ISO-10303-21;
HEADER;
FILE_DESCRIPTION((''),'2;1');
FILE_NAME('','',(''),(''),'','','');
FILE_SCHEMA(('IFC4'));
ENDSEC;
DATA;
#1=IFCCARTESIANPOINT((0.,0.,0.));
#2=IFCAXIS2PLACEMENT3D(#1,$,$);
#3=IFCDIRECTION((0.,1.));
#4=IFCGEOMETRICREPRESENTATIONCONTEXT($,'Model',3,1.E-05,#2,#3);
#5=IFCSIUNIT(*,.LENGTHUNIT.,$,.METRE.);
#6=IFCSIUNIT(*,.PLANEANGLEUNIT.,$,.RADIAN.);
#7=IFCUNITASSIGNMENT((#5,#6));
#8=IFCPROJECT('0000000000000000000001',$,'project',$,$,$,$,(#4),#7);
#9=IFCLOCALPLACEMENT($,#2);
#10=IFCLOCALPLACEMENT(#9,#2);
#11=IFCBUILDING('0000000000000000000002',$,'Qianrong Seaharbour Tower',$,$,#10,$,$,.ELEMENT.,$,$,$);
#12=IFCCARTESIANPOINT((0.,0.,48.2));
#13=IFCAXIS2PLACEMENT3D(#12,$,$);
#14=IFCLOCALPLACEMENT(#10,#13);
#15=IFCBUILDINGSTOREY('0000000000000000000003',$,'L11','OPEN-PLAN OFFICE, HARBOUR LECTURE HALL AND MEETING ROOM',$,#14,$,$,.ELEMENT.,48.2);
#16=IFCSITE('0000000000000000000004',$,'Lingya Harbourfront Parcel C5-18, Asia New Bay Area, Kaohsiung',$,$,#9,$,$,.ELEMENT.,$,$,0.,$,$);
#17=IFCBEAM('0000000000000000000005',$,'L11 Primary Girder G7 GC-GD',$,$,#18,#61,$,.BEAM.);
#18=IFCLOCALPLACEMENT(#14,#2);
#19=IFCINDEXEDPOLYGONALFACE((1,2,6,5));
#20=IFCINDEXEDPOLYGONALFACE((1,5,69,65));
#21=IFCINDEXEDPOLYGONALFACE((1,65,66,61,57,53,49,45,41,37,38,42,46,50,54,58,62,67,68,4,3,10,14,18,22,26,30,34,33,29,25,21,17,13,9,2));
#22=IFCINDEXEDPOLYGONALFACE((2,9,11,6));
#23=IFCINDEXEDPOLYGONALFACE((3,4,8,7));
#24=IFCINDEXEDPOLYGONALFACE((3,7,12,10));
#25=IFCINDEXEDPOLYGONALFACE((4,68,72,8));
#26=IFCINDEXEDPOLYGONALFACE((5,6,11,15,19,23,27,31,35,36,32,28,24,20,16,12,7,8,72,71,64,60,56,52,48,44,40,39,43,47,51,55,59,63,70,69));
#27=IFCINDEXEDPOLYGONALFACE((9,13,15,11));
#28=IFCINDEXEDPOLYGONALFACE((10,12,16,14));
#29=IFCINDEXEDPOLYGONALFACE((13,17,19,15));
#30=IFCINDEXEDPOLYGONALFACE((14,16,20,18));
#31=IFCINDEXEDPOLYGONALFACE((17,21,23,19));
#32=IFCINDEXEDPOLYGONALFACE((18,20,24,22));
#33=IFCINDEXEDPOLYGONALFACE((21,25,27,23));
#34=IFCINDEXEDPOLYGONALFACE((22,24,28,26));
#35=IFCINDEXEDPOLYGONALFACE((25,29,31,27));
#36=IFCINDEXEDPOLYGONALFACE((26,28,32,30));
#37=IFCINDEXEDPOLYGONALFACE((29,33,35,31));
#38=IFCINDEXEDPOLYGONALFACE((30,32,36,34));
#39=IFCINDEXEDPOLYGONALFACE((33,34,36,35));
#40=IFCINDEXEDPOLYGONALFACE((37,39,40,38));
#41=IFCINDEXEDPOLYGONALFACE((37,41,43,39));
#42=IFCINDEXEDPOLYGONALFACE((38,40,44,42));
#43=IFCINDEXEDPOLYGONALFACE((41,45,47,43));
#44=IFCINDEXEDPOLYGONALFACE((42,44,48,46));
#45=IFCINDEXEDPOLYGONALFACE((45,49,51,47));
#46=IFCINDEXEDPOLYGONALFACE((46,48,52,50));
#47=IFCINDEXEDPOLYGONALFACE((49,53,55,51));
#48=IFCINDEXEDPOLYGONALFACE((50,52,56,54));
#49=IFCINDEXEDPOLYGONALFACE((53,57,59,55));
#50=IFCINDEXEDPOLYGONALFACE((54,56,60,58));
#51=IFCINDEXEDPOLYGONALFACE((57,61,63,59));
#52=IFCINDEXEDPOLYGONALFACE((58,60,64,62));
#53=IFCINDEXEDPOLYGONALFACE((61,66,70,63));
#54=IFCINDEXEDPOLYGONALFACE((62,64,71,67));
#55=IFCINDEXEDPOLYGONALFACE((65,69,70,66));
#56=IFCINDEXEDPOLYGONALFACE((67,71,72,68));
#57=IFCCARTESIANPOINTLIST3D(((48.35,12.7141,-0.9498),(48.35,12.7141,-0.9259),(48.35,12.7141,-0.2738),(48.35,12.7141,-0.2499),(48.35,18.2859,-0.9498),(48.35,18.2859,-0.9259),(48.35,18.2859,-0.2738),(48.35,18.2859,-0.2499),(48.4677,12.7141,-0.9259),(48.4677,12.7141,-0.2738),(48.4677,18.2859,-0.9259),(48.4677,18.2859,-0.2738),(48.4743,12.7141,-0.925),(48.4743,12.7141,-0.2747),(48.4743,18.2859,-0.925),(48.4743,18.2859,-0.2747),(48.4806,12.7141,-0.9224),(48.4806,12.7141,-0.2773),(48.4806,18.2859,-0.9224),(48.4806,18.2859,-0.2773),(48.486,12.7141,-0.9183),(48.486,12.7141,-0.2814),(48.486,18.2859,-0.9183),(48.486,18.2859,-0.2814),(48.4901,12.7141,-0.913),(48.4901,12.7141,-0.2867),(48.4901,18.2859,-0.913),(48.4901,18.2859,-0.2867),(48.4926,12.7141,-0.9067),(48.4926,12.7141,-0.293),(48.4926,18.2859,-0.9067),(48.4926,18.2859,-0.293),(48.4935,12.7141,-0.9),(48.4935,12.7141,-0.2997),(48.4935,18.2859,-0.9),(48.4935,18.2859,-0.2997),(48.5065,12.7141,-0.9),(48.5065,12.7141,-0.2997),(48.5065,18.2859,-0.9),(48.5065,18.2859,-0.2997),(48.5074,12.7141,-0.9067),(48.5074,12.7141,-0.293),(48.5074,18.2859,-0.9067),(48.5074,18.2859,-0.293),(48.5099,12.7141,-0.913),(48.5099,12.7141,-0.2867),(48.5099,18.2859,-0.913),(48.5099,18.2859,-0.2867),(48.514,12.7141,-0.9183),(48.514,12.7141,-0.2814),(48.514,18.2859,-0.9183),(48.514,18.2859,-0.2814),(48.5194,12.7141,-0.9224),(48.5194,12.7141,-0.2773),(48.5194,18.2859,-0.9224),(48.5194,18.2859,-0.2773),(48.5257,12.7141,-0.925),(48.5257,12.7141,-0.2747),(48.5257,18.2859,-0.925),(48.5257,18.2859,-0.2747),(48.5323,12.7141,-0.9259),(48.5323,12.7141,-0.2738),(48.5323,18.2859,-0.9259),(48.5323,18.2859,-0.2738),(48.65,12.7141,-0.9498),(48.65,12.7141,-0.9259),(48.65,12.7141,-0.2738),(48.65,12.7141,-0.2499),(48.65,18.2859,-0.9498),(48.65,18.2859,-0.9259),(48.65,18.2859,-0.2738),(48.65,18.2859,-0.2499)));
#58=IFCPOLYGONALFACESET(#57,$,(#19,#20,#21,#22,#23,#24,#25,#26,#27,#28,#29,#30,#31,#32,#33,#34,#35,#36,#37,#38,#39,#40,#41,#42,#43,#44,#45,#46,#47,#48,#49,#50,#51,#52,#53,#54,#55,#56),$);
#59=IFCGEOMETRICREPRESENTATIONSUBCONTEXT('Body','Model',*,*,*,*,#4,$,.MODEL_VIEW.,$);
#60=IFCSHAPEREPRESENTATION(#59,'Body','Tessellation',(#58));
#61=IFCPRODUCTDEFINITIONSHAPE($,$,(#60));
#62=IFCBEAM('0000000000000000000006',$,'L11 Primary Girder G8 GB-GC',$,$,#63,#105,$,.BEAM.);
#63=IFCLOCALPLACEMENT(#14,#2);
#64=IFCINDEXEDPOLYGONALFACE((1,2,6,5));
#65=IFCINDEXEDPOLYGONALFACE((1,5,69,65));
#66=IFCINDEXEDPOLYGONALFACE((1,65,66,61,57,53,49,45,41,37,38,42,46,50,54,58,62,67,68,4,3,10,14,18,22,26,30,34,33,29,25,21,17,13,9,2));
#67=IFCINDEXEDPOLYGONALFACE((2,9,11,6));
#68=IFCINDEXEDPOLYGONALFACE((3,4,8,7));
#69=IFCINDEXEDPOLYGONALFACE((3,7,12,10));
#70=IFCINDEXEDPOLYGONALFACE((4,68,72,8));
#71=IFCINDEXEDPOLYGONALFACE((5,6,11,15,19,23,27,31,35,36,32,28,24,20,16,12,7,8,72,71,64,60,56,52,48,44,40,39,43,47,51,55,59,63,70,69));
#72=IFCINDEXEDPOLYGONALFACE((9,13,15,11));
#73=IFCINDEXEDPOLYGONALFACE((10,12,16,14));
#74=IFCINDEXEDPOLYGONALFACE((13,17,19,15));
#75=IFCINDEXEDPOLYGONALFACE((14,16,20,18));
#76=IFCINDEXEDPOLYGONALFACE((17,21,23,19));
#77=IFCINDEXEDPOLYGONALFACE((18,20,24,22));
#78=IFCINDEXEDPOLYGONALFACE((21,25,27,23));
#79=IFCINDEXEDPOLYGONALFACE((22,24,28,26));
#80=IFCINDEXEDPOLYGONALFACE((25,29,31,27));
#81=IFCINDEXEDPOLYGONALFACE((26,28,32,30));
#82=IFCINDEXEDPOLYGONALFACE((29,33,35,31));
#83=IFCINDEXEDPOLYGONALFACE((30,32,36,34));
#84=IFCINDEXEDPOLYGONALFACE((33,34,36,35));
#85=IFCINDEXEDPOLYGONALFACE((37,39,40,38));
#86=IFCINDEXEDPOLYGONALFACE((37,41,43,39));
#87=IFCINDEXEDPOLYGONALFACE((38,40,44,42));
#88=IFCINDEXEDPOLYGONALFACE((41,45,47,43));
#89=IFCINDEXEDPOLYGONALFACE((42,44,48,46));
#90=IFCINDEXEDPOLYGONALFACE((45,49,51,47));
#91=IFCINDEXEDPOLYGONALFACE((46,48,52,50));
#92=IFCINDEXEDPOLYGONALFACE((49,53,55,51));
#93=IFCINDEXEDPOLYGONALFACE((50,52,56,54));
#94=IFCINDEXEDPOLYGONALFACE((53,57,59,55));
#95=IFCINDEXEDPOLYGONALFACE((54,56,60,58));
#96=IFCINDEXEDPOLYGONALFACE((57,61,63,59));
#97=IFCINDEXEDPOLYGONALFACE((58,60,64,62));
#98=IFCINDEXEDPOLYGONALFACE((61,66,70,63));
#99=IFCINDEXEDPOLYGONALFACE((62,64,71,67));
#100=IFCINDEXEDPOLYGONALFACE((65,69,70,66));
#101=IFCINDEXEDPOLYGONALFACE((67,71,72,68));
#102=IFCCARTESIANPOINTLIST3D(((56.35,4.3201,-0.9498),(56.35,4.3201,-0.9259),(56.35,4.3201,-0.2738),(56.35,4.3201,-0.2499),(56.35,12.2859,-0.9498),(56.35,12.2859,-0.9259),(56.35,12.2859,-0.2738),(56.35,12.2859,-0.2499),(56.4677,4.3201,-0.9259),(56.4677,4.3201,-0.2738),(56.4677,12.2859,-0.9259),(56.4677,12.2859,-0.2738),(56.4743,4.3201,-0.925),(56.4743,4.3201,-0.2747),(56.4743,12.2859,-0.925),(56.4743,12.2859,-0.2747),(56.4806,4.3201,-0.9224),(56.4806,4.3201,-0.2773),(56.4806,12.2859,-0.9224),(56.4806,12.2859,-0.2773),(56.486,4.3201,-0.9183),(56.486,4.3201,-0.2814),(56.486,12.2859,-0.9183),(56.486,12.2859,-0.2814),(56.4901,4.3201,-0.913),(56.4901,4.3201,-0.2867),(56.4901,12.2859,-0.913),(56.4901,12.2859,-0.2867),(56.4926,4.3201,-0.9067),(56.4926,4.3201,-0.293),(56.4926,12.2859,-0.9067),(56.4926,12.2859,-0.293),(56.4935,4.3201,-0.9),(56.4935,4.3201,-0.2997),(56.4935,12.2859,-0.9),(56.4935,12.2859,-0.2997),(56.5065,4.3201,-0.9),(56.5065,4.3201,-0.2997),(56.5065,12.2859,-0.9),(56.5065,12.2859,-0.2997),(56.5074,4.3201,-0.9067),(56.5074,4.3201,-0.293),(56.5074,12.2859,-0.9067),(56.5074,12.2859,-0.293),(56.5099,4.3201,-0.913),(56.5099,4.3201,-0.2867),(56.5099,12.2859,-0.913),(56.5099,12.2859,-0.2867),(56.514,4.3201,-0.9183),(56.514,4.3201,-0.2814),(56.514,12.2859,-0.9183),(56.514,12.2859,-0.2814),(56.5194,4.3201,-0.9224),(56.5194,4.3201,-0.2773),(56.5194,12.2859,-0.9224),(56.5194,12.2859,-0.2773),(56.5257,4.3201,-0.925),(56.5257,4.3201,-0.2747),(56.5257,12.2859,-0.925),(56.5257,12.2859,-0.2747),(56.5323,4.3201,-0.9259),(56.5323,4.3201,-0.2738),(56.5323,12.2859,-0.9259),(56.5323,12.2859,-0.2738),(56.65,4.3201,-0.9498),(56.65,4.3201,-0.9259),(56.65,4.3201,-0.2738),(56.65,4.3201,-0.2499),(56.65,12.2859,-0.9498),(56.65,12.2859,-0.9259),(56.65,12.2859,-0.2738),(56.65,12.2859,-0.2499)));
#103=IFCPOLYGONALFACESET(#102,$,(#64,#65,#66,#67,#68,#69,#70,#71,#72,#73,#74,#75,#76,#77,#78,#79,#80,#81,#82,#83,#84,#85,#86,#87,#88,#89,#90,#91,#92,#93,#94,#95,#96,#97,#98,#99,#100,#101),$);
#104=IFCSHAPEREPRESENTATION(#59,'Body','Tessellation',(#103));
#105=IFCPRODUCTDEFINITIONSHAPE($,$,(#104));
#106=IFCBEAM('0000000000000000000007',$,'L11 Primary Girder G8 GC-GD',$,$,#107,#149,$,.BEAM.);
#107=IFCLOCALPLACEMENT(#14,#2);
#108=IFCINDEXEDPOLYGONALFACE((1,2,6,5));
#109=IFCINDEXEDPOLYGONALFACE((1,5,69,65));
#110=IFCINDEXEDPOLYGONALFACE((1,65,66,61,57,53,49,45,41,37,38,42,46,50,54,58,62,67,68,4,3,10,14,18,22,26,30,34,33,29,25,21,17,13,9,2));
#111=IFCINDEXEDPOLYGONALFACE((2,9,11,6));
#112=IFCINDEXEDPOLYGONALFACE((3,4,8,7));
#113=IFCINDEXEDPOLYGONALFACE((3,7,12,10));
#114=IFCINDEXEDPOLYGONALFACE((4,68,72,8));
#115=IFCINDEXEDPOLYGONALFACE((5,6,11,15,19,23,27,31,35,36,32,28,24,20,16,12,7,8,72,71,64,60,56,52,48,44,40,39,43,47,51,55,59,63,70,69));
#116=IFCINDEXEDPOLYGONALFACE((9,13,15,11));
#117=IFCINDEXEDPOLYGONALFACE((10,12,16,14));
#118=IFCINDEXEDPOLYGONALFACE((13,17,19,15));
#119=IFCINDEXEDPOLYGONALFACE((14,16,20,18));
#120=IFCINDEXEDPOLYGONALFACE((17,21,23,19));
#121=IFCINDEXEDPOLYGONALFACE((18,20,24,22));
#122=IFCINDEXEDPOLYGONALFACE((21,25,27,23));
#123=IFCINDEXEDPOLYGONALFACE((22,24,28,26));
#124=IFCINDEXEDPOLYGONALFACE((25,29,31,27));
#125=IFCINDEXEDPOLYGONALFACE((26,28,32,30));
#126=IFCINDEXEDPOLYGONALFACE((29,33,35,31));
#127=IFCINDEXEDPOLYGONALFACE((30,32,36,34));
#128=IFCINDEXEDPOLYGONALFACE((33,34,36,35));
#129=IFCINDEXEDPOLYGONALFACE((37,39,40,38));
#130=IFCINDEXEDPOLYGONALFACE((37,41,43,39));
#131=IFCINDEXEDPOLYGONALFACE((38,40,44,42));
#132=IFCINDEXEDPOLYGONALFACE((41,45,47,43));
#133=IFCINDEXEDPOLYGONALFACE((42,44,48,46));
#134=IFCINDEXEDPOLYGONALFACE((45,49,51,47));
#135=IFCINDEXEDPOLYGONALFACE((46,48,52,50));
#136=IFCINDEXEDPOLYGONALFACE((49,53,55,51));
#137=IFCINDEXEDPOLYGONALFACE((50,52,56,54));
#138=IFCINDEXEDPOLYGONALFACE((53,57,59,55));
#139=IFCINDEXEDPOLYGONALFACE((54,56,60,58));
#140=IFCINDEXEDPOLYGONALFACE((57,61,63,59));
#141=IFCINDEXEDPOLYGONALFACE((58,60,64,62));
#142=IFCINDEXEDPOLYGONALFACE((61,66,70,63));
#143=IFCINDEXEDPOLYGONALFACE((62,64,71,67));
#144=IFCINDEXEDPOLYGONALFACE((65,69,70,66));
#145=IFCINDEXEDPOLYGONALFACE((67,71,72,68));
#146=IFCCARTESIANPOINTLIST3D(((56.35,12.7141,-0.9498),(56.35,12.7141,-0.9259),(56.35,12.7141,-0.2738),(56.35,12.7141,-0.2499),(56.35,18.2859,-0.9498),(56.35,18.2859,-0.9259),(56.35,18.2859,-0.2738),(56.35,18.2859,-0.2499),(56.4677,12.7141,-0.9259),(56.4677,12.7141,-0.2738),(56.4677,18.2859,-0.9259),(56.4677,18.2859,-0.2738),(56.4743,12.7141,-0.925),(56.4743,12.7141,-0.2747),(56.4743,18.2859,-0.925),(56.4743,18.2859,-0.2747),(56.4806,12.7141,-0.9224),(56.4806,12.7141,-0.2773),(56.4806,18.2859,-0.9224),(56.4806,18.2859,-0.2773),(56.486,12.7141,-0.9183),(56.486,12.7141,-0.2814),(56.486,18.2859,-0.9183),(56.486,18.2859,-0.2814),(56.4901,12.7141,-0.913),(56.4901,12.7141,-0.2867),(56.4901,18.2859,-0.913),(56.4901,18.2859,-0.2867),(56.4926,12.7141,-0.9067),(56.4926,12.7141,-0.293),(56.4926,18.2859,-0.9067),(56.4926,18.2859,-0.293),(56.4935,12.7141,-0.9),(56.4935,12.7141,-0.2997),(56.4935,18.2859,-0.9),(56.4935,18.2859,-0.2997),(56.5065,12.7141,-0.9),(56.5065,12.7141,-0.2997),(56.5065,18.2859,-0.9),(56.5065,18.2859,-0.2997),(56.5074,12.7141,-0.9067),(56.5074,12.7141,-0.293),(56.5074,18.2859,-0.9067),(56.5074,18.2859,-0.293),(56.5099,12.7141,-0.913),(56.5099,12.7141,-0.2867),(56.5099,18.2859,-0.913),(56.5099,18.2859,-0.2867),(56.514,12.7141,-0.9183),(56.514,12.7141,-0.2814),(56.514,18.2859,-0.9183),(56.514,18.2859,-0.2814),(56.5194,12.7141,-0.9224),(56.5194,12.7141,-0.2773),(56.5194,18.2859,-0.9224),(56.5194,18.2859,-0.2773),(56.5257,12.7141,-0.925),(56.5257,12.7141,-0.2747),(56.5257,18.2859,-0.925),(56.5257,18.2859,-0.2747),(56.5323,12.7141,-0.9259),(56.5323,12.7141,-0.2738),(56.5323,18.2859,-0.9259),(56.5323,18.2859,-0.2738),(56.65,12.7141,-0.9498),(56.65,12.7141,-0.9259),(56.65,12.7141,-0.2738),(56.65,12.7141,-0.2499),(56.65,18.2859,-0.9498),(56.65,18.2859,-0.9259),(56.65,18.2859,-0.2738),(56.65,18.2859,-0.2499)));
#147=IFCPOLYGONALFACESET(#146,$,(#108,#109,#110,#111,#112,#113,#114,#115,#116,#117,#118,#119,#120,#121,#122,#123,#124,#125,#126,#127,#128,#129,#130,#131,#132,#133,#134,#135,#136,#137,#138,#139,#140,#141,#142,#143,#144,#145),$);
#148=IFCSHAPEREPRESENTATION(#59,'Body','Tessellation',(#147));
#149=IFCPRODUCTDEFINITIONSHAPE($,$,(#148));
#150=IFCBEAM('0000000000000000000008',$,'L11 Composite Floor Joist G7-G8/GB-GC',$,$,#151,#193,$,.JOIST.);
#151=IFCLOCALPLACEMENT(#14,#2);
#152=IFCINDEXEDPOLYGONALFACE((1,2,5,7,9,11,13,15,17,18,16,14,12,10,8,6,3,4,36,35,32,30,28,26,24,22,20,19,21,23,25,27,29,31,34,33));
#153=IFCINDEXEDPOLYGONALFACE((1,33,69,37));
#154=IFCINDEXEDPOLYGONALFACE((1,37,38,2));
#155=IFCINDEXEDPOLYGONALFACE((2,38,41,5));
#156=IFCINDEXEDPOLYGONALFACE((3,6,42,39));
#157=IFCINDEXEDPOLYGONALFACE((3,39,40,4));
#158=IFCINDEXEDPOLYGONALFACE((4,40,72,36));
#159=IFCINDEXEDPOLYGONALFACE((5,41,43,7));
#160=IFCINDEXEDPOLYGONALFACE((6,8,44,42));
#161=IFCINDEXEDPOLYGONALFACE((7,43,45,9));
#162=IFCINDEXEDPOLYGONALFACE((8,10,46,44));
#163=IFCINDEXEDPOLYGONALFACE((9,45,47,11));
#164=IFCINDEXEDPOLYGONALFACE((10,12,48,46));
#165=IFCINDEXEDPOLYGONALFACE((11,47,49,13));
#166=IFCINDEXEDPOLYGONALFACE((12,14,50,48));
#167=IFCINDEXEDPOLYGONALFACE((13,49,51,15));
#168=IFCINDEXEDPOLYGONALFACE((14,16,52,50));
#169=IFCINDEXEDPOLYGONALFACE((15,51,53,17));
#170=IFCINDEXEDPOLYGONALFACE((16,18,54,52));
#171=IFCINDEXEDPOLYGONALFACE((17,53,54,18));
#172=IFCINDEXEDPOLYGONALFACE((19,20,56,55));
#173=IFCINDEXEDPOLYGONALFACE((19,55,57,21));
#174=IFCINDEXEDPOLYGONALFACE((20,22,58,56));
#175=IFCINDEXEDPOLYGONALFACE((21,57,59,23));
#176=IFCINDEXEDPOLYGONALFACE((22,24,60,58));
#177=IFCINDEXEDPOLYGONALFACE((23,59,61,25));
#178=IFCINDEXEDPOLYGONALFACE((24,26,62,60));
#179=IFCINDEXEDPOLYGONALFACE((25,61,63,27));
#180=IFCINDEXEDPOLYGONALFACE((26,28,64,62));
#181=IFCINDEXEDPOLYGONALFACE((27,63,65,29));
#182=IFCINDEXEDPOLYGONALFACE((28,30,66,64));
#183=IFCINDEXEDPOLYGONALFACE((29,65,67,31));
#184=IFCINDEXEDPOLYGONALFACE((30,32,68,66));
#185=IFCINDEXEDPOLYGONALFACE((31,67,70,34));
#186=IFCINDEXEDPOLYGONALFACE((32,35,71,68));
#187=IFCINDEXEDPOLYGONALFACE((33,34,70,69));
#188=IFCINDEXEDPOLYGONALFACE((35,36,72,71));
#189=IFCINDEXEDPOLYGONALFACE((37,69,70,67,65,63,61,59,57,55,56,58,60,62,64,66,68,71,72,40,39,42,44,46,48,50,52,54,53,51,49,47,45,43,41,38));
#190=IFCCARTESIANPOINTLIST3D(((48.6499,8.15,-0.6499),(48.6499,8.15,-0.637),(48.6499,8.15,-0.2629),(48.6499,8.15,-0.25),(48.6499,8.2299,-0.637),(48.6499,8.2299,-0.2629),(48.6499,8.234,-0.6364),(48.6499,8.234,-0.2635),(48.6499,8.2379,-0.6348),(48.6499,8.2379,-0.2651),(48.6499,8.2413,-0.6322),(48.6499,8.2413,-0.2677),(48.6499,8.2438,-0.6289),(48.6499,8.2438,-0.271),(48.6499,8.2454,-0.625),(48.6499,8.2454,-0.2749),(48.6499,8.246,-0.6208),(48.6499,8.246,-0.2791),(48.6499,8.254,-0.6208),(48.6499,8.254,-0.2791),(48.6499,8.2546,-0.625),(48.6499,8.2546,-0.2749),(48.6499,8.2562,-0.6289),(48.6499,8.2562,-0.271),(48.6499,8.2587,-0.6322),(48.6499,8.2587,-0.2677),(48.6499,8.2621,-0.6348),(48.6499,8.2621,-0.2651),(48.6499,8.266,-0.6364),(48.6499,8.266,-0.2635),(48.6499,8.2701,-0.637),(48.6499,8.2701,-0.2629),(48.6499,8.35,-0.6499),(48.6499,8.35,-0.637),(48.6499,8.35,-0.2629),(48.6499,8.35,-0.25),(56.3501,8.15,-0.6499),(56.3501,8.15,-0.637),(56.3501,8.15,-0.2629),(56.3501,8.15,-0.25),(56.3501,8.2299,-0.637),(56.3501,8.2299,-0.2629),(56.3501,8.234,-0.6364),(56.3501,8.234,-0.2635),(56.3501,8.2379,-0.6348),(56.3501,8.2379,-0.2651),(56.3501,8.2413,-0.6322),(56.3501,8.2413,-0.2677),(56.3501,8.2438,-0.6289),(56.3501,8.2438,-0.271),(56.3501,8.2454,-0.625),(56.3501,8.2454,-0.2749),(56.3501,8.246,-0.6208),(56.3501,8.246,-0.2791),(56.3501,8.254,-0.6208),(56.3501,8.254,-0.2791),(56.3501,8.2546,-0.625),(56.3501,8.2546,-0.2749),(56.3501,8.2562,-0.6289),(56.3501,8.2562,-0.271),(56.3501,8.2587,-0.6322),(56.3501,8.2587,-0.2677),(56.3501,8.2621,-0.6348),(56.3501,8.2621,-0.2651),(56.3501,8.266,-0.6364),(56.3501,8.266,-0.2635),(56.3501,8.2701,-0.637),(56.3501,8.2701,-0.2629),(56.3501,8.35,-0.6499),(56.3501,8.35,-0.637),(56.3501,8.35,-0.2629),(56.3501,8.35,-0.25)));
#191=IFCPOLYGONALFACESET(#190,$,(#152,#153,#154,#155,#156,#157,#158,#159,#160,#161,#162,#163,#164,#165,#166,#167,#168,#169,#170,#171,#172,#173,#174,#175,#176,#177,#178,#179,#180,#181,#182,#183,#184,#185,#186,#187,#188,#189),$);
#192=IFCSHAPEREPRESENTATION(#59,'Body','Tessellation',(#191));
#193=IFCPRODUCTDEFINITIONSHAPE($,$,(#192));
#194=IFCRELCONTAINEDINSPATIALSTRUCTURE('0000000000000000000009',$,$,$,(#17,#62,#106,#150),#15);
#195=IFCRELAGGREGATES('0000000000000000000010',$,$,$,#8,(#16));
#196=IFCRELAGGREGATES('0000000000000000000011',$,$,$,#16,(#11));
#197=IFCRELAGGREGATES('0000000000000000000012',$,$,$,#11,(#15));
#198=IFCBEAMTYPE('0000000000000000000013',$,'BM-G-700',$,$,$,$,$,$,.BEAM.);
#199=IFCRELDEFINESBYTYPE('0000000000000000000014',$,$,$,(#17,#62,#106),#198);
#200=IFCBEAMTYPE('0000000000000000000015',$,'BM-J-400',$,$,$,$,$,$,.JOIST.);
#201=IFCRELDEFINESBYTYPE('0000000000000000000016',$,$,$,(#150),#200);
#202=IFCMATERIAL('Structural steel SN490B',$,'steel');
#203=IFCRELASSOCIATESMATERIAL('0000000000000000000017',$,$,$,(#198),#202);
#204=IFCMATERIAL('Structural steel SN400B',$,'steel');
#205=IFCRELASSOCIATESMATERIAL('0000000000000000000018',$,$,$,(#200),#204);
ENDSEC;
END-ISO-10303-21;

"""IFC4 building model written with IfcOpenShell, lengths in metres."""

from ifc_helpers import new_model, si_unit, direction, frame, origin, origin_2d, place, context, subcontext, project, spatial, i_section, extrude, material, material_profile, profile_set, type_object, element, save


model = new_model("IFC4")

# Units and contexts
model_context = context("Model", 3, precision=1e-05, world=origin(), true_north=direction((0.0, 1.0)))
body_context = subcontext(model_context, "Body", "Model", "MODEL_VIEW")
ifc_project = project(units=[si_unit("LENGTHUNIT", "METRE"), si_unit("PLANEANGLEUNIT", "RADIAN")], contexts=[model_context])

# Site, building, storey
site_placement = place(None, origin())
site = spatial("IfcSite", under=ifc_project, at=site_placement, Name="Lingya Harbourfront Parcel C5-18, Asia New Bay Area, Kaohsiung", CompositionType="ELEMENT", RefElevation=0.0)
building_placement = place(site_placement, origin())
building = spatial("IfcBuilding", under=site, at=building_placement, Name="Qianrong Seaharbour Tower", CompositionType="ELEMENT")
storey_placement = place(building_placement, frame((0.0, 0.0, 48.2)))
storey = spatial("IfcBuildingStorey", under=building, at=storey_placement, Name="L11", Description="OPEN-PLAN OFFICE, HARBOUR LECTURE HALL AND MEETING ROOM", CompositionType="ELEMENT", Elevation=48.2)

# Shared definitions
ifc_material_1 = material(Name="Structural steel SN490B", Category="steel")

# Beams
ifc_material_profile_1 = material_profile(ifc_material_1, i_section(OverallWidth=0.3, OverallDepth=0.7, WebThickness=0.0129, FlangeThickness=0.0239, FilletRadius=0.0259, at=origin_2d()), Name="H700x300x13x24")
ifc_profile_set_1 = profile_set([ifc_material_profile_1], Name="Structural steel SN490B")
beam_type_1 = type_object("IfcBeamType", Name="BM-G-700", PredefinedType="BEAM", material=ifc_profile_set_1)
beam_1_placement = place(storey_placement, frame((48.5, 12.7141, -0.5999), z_axis=(0.0, 1.0, 0.0), x_axis=(-1.0, 0.0, 0.0)))
element("IfcBeam", 1, at=beam_1_placement, inside=storey, type_object=beam_type_1, Name="L11 Primary Girder G7 GC-GD", PredefinedType="BEAM", context=body_context, shape_type="SweptSolid", body=[
    extrude(i_section(OverallWidth=0.3, OverallDepth=0.7, WebThickness=0.0129, FlangeThickness=0.0239, FilletRadius=0.0259, at=origin_2d()), origin(), (0.0, 0.0, 1.0), 5.5718),
])
beam_2_placement = place(storey_placement, frame((56.5, 4.3201, -0.5999), z_axis=(0.0, 1.0, 0.0), x_axis=(-1.0, 0.0, 0.0)))
element("IfcBeam", 2, at=beam_2_placement, inside=storey, type_object=beam_type_1, Name="L11 Primary Girder G8 GB-GC", PredefinedType="BEAM", context=body_context, shape_type="SweptSolid", body=[
    extrude(i_section(OverallWidth=0.3, OverallDepth=0.7, WebThickness=0.0129, FlangeThickness=0.0239, FilletRadius=0.0259, at=origin_2d()), origin(), (0.0, 0.0, 1.0), 7.9658),
])
beam_3_placement = place(storey_placement, frame((56.5, 12.7141, -0.5999), z_axis=(0.0, 1.0, 0.0), x_axis=(-1.0, 0.0, 0.0)))
element("IfcBeam", 3, at=beam_3_placement, inside=storey, type_object=beam_type_1, Name="L11 Primary Girder G8 GC-GD", PredefinedType="BEAM", context=body_context, shape_type="SweptSolid", body=[
    extrude(i_section(OverallWidth=0.3, OverallDepth=0.7, WebThickness=0.0129, FlangeThickness=0.0239, FilletRadius=0.0259, at=origin_2d()), origin(), (0.0, 0.0, 1.0), 5.5718),
])
ifc_material_2 = material(Name="Structural steel SN400B", Category="steel")
ifc_material_profile_2 = material_profile(ifc_material_2, i_section(OverallWidth=0.2, OverallDepth=0.3999, WebThickness=0.0081, FlangeThickness=0.0129, FilletRadius=0.0161, at=origin_2d()), Name="H400x200x8x13")
ifc_profile_set_2 = profile_set([ifc_material_profile_2], Name="Structural steel SN400B")
beam_type_2 = type_object("IfcBeamType", Name="BM-J-400", PredefinedType="JOIST", material=ifc_profile_set_2)
for number, where, z_axis, x_axis, name in (
    (4, (48.6499, 8.25, -0.45), (1.0, 0.0, 0.0), (0.0, 1.0, 0.0), "L11 Composite Floor Joist G7-G8/GB-GC"),
):
    element("IfcBeam", number, at=place(storey_placement, frame(where, z_axis=z_axis, x_axis=x_axis)), inside=storey, type_object=beam_type_2, Name=name, PredefinedType="JOIST", context=body_context, shape_type="SweptSolid", body=[
        extrude(i_section(OverallWidth=0.2, OverallDepth=0.3999, WebThickness=0.0081, FlangeThickness=0.0129, FilletRadius=0.0161, at=origin_2d()), origin(), (0.0, 0.0, 1.0), 7.7002),
    ])

save(model, "model.ifc")
